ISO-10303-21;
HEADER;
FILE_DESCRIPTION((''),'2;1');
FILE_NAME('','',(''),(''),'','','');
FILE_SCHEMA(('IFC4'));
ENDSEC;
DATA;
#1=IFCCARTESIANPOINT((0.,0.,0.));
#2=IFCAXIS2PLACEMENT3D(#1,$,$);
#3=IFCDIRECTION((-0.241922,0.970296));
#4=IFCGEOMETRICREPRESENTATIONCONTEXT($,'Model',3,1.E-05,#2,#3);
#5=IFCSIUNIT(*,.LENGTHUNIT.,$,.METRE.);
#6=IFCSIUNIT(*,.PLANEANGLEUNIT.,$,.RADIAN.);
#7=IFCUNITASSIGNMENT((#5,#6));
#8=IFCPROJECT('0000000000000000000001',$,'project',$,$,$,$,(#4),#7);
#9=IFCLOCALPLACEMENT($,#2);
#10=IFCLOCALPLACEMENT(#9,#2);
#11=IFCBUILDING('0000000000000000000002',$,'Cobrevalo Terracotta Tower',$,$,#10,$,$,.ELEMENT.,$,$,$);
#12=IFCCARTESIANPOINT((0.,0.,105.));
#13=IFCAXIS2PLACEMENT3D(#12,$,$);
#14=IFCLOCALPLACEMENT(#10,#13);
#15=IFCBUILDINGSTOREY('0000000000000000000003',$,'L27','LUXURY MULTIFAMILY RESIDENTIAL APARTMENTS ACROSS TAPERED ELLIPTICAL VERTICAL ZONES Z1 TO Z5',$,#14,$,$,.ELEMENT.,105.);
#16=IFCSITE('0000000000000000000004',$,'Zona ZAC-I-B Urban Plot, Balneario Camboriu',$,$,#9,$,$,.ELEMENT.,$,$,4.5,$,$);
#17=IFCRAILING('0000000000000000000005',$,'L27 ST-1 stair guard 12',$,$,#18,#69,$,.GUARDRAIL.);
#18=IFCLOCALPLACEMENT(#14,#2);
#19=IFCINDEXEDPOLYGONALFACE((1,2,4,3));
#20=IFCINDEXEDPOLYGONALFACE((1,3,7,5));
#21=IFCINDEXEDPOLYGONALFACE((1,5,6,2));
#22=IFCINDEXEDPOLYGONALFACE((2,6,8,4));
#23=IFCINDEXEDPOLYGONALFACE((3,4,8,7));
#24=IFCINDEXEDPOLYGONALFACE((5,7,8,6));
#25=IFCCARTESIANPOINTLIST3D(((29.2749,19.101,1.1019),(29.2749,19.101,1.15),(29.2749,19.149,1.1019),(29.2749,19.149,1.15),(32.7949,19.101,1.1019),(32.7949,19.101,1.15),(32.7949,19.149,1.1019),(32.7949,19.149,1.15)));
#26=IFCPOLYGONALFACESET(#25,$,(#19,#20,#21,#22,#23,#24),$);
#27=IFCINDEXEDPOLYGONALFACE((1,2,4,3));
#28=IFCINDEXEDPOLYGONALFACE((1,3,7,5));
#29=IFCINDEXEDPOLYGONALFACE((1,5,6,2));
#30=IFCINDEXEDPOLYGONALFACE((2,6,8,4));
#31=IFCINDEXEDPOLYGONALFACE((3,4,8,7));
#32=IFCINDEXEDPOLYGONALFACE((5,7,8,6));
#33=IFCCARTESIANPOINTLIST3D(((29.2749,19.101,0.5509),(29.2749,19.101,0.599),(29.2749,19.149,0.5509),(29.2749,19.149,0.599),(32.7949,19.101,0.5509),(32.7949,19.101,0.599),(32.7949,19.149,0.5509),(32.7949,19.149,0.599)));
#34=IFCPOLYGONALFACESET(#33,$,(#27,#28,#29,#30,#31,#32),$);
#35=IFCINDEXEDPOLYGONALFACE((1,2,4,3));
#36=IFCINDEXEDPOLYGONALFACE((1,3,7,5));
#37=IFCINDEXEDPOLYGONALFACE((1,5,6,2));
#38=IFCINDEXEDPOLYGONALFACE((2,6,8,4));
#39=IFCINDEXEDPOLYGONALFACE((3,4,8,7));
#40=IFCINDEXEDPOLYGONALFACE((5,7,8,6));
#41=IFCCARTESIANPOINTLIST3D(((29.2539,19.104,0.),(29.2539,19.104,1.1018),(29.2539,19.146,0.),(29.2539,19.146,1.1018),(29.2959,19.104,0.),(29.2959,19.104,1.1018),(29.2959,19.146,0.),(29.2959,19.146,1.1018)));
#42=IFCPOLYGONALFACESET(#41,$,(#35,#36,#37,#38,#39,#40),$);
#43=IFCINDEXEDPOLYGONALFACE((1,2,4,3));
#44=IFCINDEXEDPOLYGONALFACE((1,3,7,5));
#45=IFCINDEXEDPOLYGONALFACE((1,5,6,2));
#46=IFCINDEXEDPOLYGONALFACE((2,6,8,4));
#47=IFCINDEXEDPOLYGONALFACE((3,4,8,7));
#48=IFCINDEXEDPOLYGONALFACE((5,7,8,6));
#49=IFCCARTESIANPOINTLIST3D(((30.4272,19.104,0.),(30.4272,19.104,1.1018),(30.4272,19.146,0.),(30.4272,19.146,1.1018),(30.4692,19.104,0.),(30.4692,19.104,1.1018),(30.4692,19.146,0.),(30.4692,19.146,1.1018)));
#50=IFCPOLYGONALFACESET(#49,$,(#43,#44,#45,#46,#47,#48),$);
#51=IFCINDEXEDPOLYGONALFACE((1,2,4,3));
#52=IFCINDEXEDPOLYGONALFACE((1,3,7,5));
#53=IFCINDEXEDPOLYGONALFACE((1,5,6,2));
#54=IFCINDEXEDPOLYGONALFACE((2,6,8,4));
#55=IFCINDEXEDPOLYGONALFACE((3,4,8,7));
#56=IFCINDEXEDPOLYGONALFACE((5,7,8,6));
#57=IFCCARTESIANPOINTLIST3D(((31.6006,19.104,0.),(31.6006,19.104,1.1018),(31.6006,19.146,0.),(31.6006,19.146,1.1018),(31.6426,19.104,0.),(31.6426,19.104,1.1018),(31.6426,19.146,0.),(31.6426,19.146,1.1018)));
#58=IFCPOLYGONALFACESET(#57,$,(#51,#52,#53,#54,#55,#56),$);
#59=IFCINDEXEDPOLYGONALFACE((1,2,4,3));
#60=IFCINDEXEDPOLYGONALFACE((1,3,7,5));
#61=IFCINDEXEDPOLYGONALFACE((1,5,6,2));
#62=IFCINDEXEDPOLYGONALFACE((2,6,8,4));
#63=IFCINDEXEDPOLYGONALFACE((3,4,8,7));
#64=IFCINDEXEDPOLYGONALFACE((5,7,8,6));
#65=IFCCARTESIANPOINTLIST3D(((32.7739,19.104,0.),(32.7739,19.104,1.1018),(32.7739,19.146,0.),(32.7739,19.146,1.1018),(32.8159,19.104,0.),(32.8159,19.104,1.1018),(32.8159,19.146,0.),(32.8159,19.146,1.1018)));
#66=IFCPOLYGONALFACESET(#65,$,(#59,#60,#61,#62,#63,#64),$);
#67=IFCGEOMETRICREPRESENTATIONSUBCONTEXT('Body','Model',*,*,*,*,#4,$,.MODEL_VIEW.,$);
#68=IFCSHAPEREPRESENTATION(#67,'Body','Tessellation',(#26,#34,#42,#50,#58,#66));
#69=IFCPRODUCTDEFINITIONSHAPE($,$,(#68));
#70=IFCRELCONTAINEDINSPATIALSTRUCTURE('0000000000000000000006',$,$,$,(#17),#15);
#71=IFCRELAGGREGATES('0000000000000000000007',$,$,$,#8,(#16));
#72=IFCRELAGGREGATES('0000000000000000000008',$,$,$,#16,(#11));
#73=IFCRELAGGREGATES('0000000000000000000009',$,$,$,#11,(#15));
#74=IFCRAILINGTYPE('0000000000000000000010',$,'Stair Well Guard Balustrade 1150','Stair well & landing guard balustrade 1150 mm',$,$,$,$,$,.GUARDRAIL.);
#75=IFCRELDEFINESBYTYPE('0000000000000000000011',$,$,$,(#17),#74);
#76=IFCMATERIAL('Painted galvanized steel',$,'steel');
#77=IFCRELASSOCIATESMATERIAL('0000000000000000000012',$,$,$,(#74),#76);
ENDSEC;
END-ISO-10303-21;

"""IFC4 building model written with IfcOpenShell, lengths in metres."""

from ifc_helpers import new_model, si_unit, direction, frame, origin, origin_2d, place, context, subcontext, project, spatial, rectangle, extrude, material, type_object, element, save


model = new_model("IFC4")

# Units and contexts
model_context = context("Model", 3, precision=1e-05, world=origin(), true_north=direction((-0.241922, 0.970296)))
body_context = subcontext(model_context, "Body", "Model", "MODEL_VIEW")
ifc_project = project(units=[si_unit("LENGTHUNIT", "METRE"), si_unit("PLANEANGLEUNIT", "RADIAN")], contexts=[model_context])

# Site, building, storey
site_placement = place(None, origin())
site = spatial("IfcSite", under=ifc_project, at=site_placement, Name="Zona ZAC-I-B Urban Plot, Balneario Camboriu", CompositionType="ELEMENT", RefElevation=4.5)
building_placement = place(site_placement, origin())
building = spatial("IfcBuilding", under=site, at=building_placement, Name="Cobrevalo Terracotta Tower", CompositionType="ELEMENT")
storey_placement = place(building_placement, frame((0.0, 0.0, 105.0)))
storey = spatial("IfcBuildingStorey", under=building, at=storey_placement, Name="L27", Description="LUXURY MULTIFAMILY RESIDENTIAL APARTMENTS ACROSS TAPERED ELLIPTICAL VERTICAL ZONES Z1 TO Z5", CompositionType="ELEMENT", Elevation=105.0)

# Railing
ifc_material_1 = material(Name="Painted galvanized steel", Category="steel")
railing_type = type_object("IfcRailingType", Name="Stair Well Guard Balustrade 1150", Description="Stair well & landing guard balustrade 1150 mm", PredefinedType="GUARDRAIL", material=ifc_material_1)
railing_placement = place(storey_placement, frame((29.2749, 19.125, 0.0)))
element("IfcRailing", 1, at=railing_placement, inside=storey, type_object=railing_type, Name="L27 ST-1 stair guard 12", PredefinedType="GUARDRAIL", context=body_context, shape_type="SweptSolid", body=[
    extrude(rectangle(XDim=0.0481, YDim=0.0481, at=origin_2d()), frame((0.0, 0.0, 1.126), z_axis=(1.0, 0.0, 0.0), x_axis=(0.0, 1.0, 0.0)), (0.0, 0.0, 1.0), 3.52),
    extrude(rectangle(XDim=0.0481, YDim=0.0481, at=origin_2d()), frame((0.0, 0.0, 0.575), z_axis=(1.0, 0.0, 0.0), x_axis=(0.0, 1.0, 0.0)), (0.0, 0.0, 1.0), 3.52),
    extrude(rectangle(XDim=0.042, YDim=0.042, at=origin_2d()), origin(), (0.0, 0.0, 1.0), 1.1018),
    extrude(rectangle(XDim=0.042, YDim=0.042, at=origin_2d()), frame((1.1733, 0.0, 0.0)), (0.0, 0.0, 1.0), 1.1018),
    extrude(rectangle(XDim=0.042, YDim=0.042, at=origin_2d()), frame((2.3467, 0.0, 0.0)), (0.0, 0.0, 1.0), 1.1018),
    extrude(rectangle(XDim=0.042, YDim=0.042, at=origin_2d()), frame((3.52, 0.0, 0.0)), (0.0, 0.0, 1.0), 1.1018),
])

save(model, "model.ifc")
